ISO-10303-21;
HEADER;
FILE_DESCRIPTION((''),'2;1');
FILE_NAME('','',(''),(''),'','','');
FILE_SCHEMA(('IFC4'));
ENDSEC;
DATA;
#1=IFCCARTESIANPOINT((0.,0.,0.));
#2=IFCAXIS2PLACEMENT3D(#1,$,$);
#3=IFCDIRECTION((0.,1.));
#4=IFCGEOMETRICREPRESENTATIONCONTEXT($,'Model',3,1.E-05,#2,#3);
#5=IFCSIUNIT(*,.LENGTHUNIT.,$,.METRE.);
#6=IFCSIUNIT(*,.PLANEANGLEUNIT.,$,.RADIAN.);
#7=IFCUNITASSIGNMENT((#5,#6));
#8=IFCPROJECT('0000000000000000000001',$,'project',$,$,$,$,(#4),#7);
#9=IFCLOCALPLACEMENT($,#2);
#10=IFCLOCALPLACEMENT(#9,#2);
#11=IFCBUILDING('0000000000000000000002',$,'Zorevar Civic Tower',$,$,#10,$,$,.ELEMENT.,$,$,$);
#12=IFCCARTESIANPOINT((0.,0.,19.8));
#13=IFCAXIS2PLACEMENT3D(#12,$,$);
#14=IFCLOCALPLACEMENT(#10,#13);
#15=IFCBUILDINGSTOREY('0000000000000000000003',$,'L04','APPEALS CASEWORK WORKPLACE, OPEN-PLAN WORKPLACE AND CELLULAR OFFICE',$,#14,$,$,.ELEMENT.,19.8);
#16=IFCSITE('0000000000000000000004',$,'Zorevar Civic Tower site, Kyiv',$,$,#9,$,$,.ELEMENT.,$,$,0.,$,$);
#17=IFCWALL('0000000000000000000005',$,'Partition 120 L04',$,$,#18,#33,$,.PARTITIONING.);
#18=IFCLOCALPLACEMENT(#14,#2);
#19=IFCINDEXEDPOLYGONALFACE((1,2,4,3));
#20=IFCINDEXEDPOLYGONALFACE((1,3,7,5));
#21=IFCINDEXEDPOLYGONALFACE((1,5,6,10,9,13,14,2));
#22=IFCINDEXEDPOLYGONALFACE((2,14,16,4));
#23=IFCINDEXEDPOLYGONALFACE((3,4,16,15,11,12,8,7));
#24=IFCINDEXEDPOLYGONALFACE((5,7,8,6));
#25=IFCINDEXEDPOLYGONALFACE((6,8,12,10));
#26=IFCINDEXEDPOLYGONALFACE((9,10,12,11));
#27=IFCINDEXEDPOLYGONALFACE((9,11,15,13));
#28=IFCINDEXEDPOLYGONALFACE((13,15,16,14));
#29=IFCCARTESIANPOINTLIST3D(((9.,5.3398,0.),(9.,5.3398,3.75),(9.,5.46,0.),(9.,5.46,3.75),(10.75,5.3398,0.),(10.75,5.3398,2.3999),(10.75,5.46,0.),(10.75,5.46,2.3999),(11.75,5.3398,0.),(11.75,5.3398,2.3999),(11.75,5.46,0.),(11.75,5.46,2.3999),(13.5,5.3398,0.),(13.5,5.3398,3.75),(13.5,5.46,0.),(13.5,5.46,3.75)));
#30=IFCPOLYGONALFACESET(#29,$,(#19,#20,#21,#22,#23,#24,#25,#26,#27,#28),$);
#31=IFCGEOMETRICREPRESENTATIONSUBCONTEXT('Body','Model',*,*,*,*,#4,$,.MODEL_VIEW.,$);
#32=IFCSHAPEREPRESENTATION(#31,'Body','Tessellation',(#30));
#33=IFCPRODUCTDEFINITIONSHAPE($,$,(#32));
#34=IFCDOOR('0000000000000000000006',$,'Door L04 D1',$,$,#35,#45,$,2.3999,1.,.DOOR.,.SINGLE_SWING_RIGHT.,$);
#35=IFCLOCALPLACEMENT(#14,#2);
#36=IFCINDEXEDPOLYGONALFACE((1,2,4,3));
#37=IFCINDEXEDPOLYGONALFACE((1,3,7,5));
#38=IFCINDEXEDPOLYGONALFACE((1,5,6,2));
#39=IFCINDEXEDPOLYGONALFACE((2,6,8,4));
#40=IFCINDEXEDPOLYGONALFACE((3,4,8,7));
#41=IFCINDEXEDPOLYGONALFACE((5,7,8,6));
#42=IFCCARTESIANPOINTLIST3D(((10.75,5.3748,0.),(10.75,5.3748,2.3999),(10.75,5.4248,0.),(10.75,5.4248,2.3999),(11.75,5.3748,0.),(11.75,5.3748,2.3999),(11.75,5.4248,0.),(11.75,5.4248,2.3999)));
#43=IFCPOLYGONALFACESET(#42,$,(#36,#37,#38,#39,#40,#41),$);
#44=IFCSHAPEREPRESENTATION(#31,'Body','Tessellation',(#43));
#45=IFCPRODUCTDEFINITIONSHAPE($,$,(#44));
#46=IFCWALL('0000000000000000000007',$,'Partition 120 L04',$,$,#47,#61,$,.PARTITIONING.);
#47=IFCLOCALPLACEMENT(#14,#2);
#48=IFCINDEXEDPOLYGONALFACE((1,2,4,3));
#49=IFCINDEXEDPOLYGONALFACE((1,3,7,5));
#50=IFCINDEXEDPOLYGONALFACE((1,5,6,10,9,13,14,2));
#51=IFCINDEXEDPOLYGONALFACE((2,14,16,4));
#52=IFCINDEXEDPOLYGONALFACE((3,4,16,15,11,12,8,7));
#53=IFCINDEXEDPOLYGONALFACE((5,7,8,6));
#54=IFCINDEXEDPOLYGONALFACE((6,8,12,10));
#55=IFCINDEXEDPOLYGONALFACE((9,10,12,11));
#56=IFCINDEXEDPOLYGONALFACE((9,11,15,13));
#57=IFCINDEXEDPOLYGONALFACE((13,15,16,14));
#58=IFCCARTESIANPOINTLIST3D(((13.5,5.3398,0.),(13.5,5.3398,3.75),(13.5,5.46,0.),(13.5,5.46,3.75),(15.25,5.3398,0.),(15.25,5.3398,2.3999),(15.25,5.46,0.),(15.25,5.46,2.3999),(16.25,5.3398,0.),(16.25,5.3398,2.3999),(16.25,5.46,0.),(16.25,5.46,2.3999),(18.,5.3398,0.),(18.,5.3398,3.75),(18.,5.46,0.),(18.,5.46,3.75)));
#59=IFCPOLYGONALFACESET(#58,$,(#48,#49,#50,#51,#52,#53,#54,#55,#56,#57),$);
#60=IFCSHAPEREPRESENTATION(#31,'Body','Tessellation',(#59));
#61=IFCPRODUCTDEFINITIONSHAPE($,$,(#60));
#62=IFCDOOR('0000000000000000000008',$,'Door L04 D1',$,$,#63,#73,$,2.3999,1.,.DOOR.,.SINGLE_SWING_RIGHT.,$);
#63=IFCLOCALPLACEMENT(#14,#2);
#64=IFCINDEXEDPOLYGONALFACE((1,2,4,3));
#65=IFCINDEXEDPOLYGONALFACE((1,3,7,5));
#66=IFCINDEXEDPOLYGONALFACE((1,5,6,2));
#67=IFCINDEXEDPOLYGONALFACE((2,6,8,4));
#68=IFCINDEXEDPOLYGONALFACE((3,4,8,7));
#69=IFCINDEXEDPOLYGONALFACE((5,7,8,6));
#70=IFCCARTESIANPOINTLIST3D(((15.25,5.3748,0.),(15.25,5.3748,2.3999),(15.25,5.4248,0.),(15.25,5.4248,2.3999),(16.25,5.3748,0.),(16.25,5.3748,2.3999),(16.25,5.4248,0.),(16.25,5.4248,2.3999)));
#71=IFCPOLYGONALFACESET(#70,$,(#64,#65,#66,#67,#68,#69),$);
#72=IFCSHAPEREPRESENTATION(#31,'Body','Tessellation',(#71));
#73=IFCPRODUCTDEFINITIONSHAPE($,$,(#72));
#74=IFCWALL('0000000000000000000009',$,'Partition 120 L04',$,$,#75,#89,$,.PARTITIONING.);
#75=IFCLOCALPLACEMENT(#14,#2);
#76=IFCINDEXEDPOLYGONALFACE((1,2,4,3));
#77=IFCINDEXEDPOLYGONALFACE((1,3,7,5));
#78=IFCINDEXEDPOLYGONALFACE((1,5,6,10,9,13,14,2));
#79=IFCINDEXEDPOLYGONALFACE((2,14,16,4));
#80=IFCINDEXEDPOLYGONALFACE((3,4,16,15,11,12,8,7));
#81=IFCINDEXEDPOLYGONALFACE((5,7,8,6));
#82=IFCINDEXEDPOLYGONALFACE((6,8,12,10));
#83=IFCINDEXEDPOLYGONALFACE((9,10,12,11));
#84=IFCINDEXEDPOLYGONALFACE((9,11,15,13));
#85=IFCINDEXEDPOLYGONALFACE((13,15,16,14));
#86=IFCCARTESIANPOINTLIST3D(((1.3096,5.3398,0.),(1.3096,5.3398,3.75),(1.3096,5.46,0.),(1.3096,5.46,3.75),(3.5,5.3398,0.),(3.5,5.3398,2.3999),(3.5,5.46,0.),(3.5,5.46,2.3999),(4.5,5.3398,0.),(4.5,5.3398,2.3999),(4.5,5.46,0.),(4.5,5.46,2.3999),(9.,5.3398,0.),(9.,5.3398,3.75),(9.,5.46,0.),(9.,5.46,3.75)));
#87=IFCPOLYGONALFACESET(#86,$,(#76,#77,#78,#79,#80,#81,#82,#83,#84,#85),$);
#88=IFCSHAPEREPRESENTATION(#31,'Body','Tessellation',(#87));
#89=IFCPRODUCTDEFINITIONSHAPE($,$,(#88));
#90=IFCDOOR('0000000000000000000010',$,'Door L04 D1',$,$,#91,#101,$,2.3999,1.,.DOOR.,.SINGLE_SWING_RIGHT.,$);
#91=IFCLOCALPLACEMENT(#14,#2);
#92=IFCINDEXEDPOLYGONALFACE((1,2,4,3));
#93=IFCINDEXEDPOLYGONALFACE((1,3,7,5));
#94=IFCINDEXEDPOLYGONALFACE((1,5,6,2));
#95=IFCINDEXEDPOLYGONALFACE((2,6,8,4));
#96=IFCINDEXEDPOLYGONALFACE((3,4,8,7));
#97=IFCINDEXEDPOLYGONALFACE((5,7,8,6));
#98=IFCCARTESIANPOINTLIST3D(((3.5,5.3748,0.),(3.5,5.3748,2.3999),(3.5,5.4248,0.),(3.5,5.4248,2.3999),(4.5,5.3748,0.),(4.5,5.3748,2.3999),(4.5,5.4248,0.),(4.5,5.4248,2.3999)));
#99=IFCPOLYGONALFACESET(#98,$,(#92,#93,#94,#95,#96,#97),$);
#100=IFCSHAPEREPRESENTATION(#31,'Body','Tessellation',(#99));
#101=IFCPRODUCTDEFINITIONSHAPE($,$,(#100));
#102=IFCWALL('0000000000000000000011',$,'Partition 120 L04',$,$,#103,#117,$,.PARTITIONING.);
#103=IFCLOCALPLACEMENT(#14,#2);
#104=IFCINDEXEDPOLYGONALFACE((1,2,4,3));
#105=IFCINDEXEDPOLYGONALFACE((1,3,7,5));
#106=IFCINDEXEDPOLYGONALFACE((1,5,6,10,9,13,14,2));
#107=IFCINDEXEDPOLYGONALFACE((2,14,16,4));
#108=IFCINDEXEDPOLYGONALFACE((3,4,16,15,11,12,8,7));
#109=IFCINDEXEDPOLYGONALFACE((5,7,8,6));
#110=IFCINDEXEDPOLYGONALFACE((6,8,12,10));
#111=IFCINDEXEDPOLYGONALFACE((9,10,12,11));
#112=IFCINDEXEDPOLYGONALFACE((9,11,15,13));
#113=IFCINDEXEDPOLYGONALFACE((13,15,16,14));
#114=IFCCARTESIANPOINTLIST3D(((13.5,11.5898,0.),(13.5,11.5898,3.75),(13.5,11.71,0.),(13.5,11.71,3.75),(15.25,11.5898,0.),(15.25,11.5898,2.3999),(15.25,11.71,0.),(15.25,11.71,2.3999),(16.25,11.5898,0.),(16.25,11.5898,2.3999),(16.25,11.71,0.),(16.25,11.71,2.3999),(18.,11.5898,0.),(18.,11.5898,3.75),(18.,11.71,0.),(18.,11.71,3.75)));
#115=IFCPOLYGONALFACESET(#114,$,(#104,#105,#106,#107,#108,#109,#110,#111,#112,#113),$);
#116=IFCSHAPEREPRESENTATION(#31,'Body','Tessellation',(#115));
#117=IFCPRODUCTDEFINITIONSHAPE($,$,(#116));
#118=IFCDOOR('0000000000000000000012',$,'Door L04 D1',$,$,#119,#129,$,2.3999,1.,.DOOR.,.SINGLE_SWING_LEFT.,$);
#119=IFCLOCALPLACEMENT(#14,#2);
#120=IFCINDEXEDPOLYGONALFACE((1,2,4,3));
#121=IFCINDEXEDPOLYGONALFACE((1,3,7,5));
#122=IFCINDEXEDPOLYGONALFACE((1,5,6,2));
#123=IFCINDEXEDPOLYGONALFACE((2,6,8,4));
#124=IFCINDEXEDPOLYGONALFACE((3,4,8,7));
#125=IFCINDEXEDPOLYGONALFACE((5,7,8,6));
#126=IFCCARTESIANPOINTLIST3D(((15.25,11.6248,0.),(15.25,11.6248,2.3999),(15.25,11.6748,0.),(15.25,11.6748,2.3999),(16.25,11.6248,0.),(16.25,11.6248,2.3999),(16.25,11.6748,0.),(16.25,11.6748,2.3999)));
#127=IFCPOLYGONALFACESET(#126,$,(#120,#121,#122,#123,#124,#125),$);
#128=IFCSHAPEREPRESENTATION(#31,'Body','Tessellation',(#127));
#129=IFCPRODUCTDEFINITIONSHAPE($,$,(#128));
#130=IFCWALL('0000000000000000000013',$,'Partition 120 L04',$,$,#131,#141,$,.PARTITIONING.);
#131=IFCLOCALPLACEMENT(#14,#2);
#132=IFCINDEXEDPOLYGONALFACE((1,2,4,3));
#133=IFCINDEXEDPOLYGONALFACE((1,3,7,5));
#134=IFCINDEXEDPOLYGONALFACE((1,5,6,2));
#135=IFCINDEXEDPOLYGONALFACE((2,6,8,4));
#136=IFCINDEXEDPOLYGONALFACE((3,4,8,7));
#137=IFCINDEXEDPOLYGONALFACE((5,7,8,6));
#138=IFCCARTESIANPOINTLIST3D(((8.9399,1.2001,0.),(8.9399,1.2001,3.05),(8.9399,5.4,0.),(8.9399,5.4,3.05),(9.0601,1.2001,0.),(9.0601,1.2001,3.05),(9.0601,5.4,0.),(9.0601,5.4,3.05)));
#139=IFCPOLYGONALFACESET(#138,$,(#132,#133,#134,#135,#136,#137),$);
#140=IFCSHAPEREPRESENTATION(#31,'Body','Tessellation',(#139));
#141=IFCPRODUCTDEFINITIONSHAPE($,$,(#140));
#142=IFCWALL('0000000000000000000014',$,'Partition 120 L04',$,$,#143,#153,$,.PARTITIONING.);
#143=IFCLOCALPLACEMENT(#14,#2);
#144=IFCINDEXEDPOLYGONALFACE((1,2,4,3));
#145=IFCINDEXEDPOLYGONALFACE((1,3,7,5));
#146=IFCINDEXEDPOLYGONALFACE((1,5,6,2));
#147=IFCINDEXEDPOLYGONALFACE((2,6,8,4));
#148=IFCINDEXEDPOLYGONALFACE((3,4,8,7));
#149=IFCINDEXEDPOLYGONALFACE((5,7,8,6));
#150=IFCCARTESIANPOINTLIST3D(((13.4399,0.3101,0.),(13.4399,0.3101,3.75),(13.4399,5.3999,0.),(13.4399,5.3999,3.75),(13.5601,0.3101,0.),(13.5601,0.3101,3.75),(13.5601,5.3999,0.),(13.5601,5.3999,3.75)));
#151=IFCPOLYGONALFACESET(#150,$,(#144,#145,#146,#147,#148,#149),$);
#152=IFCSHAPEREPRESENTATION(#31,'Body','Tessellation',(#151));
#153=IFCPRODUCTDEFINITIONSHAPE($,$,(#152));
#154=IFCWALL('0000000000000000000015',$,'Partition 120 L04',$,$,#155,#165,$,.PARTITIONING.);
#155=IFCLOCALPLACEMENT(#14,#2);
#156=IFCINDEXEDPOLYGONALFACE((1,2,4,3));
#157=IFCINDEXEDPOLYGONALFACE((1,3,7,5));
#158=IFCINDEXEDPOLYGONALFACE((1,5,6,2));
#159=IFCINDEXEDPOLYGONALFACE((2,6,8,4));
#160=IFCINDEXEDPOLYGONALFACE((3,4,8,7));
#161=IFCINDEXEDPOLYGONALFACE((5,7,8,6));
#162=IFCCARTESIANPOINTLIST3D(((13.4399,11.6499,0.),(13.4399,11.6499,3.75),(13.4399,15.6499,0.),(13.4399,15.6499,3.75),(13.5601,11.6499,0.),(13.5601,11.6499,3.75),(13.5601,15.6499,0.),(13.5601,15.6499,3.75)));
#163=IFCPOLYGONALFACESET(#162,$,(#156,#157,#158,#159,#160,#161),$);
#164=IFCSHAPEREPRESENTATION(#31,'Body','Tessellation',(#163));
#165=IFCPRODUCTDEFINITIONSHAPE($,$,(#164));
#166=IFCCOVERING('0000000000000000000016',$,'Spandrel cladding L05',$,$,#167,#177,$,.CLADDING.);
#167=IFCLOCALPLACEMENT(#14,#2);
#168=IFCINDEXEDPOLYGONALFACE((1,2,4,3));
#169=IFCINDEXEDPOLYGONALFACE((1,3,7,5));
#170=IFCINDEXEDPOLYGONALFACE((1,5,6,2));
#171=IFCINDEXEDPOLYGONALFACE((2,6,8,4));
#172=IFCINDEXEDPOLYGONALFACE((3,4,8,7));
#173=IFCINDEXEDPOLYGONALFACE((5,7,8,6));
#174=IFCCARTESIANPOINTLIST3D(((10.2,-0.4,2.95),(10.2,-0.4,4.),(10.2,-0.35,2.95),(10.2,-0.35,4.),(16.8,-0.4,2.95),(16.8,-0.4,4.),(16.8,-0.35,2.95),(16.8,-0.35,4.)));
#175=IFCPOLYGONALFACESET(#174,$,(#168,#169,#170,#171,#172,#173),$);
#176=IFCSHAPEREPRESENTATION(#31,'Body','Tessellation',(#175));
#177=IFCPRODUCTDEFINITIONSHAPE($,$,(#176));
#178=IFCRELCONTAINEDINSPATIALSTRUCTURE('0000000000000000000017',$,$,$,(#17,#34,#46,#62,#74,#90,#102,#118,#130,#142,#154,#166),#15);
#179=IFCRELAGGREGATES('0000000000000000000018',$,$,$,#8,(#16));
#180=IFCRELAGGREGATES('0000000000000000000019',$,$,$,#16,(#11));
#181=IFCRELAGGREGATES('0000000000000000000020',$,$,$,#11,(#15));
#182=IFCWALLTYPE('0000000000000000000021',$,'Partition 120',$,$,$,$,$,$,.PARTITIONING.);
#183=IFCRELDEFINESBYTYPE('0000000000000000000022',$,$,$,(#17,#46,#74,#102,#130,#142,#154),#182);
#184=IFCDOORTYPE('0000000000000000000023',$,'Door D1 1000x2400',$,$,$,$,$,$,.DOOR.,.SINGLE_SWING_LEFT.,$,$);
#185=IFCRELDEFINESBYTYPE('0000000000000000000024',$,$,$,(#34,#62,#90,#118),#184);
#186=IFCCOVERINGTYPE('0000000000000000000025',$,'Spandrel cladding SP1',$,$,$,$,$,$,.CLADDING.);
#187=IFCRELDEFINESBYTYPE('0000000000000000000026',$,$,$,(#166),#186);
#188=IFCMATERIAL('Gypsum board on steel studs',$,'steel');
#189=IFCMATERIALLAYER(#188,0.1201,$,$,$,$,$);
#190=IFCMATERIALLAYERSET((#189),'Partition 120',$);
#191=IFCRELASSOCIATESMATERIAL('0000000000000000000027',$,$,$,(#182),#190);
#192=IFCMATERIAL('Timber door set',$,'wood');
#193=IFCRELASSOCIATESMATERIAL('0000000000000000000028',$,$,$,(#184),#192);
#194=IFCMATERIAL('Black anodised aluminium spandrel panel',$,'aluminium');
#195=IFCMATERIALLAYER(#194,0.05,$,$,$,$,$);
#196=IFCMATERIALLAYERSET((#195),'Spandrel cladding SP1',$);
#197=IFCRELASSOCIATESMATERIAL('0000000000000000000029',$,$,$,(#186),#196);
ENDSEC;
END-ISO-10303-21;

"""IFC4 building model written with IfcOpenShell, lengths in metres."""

from ifc_helpers import new_model, si_unit, direction, frame, frame_2d, origin, place, context, subcontext, project, spatial, rectangle, extrude, material, layer, layer_set, type_object, element, fill, save


model = new_model("IFC4")

# Units and contexts
model_context = context("Model", 3, precision=1e-05, world=origin(), true_north=direction((0.0, 1.0)))
body_context = subcontext(model_context, "Body", "Model", "MODEL_VIEW")
ifc_project = project(units=[si_unit("LENGTHUNIT", "METRE"), si_unit("PLANEANGLEUNIT", "RADIAN")], contexts=[model_context])

# Site, building, storey
site_placement = place(None, origin())
site = spatial("IfcSite", under=ifc_project, at=site_placement, Name="Zorevar Civic Tower site, Kyiv", CompositionType="ELEMENT", RefElevation=0.0)
building_placement = place(site_placement, origin())
building = spatial("IfcBuilding", under=site, at=building_placement, Name="Zorevar Civic Tower", CompositionType="ELEMENT")
storey_placement = place(building_placement, frame((0.0, 0.0, 19.8)))
storey = spatial("IfcBuildingStorey", under=building, at=storey_placement, Name="L04", Description="APPEALS CASEWORK WORKPLACE, OPEN-PLAN WORKPLACE AND CELLULAR OFFICE", CompositionType="ELEMENT", Elevation=19.8)

# Walls, openings, doors
ifc_material_1 = material(Name="Gypsum board on steel studs", Category="steel")
ifc_layer_1 = layer(ifc_material_1, 0.1201)
ifc_layer_set_1 = layer_set([ifc_layer_1], Name="Partition 120")
wall_type = type_object("IfcWallType", Name="Partition 120", PredefinedType="PARTITIONING", material=ifc_layer_set_1)
wall_1_placement = place(storey_placement, frame((9.0, 5.3999, 0.0), z_axis=(0.0, 0.0, 1.0), x_axis=(1.0, 0.0, 0.0)))
wall_1 = element("IfcWall", 1, at=wall_1_placement, inside=storey, type_object=wall_type, Name="Partition 120 L04", PredefinedType="PARTITIONING", context=body_context, shape_type="SweptSolid", body=[
    extrude(rectangle(XDim=4.5, YDim=0.1201, at=frame_2d((2.25, 0.0))), origin(), (0.0, 0.0, 1.0), 3.75),
])
opening_1_placement = place(wall_1_placement, frame((1.75, 0.0, 0.0)))
opening_1 = element("IfcOpeningElement", 2, at=opening_1_placement, cuts=wall_1, PredefinedType="OPENING", context=body_context, shape_type="SweptSolid", body=[
    extrude(rectangle(XDim=1.0, YDim=2.3999, at=frame_2d((0.5, 1.2))), frame((0.0, 0.0701, 0.0), z_axis=(0.0, -1.0, 0.0), x_axis=(1.0, 0.0, 0.0)), (0.0, 0.0, 1.0), 0.1401),
])
ifc_material_2 = material(Name="Timber door set", Category="wood")
door_type = type_object("IfcDoorType", Name="Door D1 1000x2400", OperationType="SINGLE_SWING_LEFT", PredefinedType="DOOR", material=ifc_material_2)
door_1_placement = place(opening_1_placement, origin())
door_1 = element("IfcDoor", 3, at=door_1_placement, inside=storey, type_object=door_type, Name="Door L04 D1", OperationType="SINGLE_SWING_RIGHT", OverallHeight=2.3999, OverallWidth=1.0, PredefinedType="DOOR", context=body_context, shape_type="SweptSolid", body=[
    extrude(rectangle(XDim=1.0, YDim=2.3999, at=frame_2d((0.5, 1.2))), frame((0.0, 0.0249, 0.0), z_axis=(0.0, -1.0, 0.0), x_axis=(1.0, 0.0, 0.0)), (0.0, 0.0, 1.0), 0.05),
])
fill(opening_1, door_1)
wall_2_placement = place(storey_placement, frame((13.5, 5.3999, 0.0), z_axis=(0.0, 0.0, 1.0), x_axis=(1.0, 0.0, 0.0)))
wall_2 = element("IfcWall", 4, at=wall_2_placement, inside=storey, type_object=wall_type, Name="Partition 120 L04", PredefinedType="PARTITIONING", context=body_context, shape_type="SweptSolid", body=[
    extrude(rectangle(XDim=4.5, YDim=0.1201, at=frame_2d((2.25, 0.0))), origin(), (0.0, 0.0, 1.0), 3.75),
])
opening_2_placement = place(wall_2_placement, frame((1.75, 0.0, 0.0)))
opening_2 = element("IfcOpeningElement", 5, at=opening_2_placement, cuts=wall_2, PredefinedType="OPENING", context=body_context, shape_type="SweptSolid", body=[
    extrude(rectangle(XDim=1.0, YDim=2.3999, at=frame_2d((0.5, 1.2))), frame((0.0, 0.0701, 0.0), z_axis=(0.0, -1.0, 0.0), x_axis=(1.0, 0.0, 0.0)), (0.0, 0.0, 1.0), 0.1401),
])
door_2_placement = place(opening_2_placement, origin())
door_2 = element("IfcDoor", 6, at=door_2_placement, inside=storey, type_object=door_type, Name="Door L04 D1", OperationType="SINGLE_SWING_RIGHT", OverallHeight=2.3999, OverallWidth=1.0, PredefinedType="DOOR", context=body_context, shape_type="SweptSolid", body=[
    extrude(rectangle(XDim=1.0, YDim=2.3999, at=frame_2d((0.5, 1.2))), frame((0.0, 0.0249, 0.0), z_axis=(0.0, -1.0, 0.0), x_axis=(1.0, 0.0, 0.0)), (0.0, 0.0, 1.0), 0.05),
])
fill(opening_2, door_2)
wall_3_placement = place(storey_placement, frame((1.3096, 5.3999, 0.0), z_axis=(0.0, 0.0, 1.0), x_axis=(1.0, 0.0, 0.0)))
wall_3 = element("IfcWall", 7, at=wall_3_placement, inside=storey, type_object=wall_type, Name="Partition 120 L04", PredefinedType="PARTITIONING", context=body_context, shape_type="SweptSolid", body=[
    extrude(rectangle(XDim=7.6904, YDim=0.1201, at=frame_2d((3.8452, 0.0))), origin(), (0.0, 0.0, 1.0), 3.75),
])
opening_3_placement = place(wall_3_placement, frame((2.1904, 0.0, 0.0)))
opening_3 = element("IfcOpeningElement", 8, at=opening_3_placement, cuts=wall_3, PredefinedType="OPENING", context=body_context, shape_type="SweptSolid", body=[
    extrude(rectangle(XDim=1.0, YDim=2.3999, at=frame_2d((0.5, 1.2))), frame((0.0, 0.0701, 0.0), z_axis=(0.0, -1.0, 0.0), x_axis=(1.0, 0.0, 0.0)), (0.0, 0.0, 1.0), 0.1401),
])
door_3_placement = place(opening_3_placement, origin())
door_3 = element("IfcDoor", 9, at=door_3_placement, inside=storey, type_object=door_type, Name="Door L04 D1", OperationType="SINGLE_SWING_RIGHT", OverallHeight=2.3999, OverallWidth=1.0, PredefinedType="DOOR", context=body_context, shape_type="SweptSolid", body=[
    extrude(rectangle(XDim=1.0, YDim=2.3999, at=frame_2d((0.5, 1.2))), frame((0.0, 0.0249, 0.0), z_axis=(0.0, -1.0, 0.0), x_axis=(1.0, 0.0, 0.0)), (0.0, 0.0, 1.0), 0.05),
])
fill(opening_3, door_3)
wall_4_placement = place(storey_placement, frame((13.5, 11.6499, 0.0), z_axis=(0.0, 0.0, 1.0), x_axis=(1.0, 0.0, 0.0)))
wall_4 = element("IfcWall", 10, at=wall_4_placement, inside=storey, type_object=wall_type, Name="Partition 120 L04", PredefinedType="PARTITIONING", context=body_context, shape_type="SweptSolid", body=[
    extrude(rectangle(XDim=4.5, YDim=0.1201, at=frame_2d((2.25, 0.0))), origin(), (0.0, 0.0, 1.0), 3.75),
])
opening_4_placement = place(wall_4_placement, frame((1.75, 0.0, 0.0)))
opening_4 = element("IfcOpeningElement", 11, at=opening_4_placement, cuts=wall_4, PredefinedType="OPENING", context=body_context, shape_type="SweptSolid", body=[
    extrude(rectangle(XDim=1.0, YDim=2.3999, at=frame_2d((0.5, 1.2))), frame((0.0, 0.0701, 0.0), z_axis=(0.0, -1.0, 0.0), x_axis=(1.0, 0.0, 0.0)), (0.0, 0.0, 1.0), 0.1401),
])
door_4_placement = place(opening_4_placement, origin())
door_4 = element("IfcDoor", 12, at=door_4_placement, inside=storey, type_object=door_type, Name="Door L04 D1", OperationType="SINGLE_SWING_LEFT", OverallHeight=2.3999, OverallWidth=1.0, PredefinedType="DOOR", context=body_context, shape_type="SweptSolid", body=[
    extrude(rectangle(XDim=1.0, YDim=2.3999, at=frame_2d((0.5, 1.2))), frame((0.0, 0.0249, 0.0), z_axis=(0.0, -1.0, 0.0), x_axis=(1.0, 0.0, 0.0)), (0.0, 0.0, 1.0), 0.05),
])
fill(opening_4, door_4)

# Walls
wall_5_placement = place(storey_placement, frame((9.0, 1.2, 0.0), z_axis=(0.0, 0.0, 1.0), x_axis=(0.0, 1.0, 0.0)))
element("IfcWall", 13, at=wall_5_placement, inside=storey, type_object=wall_type, Name="Partition 120 L04", PredefinedType="PARTITIONING", context=body_context, shape_type="SweptSolid", body=[
    extrude(rectangle(XDim=4.2, YDim=0.1201, at=frame_2d((2.1001, 0.0))), origin(), (0.0, 0.0, 1.0), 3.05),
])
wall_6_placement = place(storey_placement, frame((13.5, 0.3101, 0.0), z_axis=(0.0, 0.0, 1.0), x_axis=(0.0, 1.0, 0.0)))
element("IfcWall", 14, at=wall_6_placement, inside=storey, type_object=wall_type, Name="Partition 120 L04", PredefinedType="PARTITIONING", context=body_context, shape_type="SweptSolid", body=[
    extrude(rectangle(XDim=5.0898, YDim=0.1201, at=frame_2d((2.5449, 0.0))), origin(), (0.0, 0.0, 1.0), 3.75),
])
wall_7_placement = place(storey_placement, frame((13.5, 11.6499, 0.0), z_axis=(0.0, 0.0, 1.0), x_axis=(0.0, 1.0, 0.0)))
element("IfcWall", 15, at=wall_7_placement, inside=storey, type_object=wall_type, Name="Partition 120 L04", PredefinedType="PARTITIONING", context=body_context, shape_type="SweptSolid", body=[
    extrude(rectangle(XDim=4.0, YDim=0.1201, at=frame_2d((2.0, 0.0))), origin(), (0.0, 0.0, 1.0), 3.75),
])

# Covering
ifc_material_3 = material(Name="Black anodised aluminium spandrel panel", Category="aluminium")
ifc_layer_2 = layer(ifc_material_3, 0.05)
ifc_layer_set_2 = layer_set([ifc_layer_2], Name="Spandrel cladding SP1")
covering_type = type_object("IfcCoveringType", Name="Spandrel cladding SP1", PredefinedType="CLADDING", material=ifc_layer_set_2)
covering_placement = place(storey_placement, frame((10.2, -0.375, 2.95), z_axis=(0.0, 0.0, 1.0), x_axis=(1.0, 0.0, 0.0)))
element("IfcCovering", 16, at=covering_placement, inside=storey, type_object=covering_type, Name="Spandrel cladding L05", PredefinedType="CLADDING", context=body_context, shape_type="SweptSolid", body=[
    extrude(rectangle(XDim=6.6001, YDim=0.05, at=frame_2d((3.3, 0.0))), origin(), (0.0, 0.0, 1.0), 1.05),
])

save(model, "model.ifc")
